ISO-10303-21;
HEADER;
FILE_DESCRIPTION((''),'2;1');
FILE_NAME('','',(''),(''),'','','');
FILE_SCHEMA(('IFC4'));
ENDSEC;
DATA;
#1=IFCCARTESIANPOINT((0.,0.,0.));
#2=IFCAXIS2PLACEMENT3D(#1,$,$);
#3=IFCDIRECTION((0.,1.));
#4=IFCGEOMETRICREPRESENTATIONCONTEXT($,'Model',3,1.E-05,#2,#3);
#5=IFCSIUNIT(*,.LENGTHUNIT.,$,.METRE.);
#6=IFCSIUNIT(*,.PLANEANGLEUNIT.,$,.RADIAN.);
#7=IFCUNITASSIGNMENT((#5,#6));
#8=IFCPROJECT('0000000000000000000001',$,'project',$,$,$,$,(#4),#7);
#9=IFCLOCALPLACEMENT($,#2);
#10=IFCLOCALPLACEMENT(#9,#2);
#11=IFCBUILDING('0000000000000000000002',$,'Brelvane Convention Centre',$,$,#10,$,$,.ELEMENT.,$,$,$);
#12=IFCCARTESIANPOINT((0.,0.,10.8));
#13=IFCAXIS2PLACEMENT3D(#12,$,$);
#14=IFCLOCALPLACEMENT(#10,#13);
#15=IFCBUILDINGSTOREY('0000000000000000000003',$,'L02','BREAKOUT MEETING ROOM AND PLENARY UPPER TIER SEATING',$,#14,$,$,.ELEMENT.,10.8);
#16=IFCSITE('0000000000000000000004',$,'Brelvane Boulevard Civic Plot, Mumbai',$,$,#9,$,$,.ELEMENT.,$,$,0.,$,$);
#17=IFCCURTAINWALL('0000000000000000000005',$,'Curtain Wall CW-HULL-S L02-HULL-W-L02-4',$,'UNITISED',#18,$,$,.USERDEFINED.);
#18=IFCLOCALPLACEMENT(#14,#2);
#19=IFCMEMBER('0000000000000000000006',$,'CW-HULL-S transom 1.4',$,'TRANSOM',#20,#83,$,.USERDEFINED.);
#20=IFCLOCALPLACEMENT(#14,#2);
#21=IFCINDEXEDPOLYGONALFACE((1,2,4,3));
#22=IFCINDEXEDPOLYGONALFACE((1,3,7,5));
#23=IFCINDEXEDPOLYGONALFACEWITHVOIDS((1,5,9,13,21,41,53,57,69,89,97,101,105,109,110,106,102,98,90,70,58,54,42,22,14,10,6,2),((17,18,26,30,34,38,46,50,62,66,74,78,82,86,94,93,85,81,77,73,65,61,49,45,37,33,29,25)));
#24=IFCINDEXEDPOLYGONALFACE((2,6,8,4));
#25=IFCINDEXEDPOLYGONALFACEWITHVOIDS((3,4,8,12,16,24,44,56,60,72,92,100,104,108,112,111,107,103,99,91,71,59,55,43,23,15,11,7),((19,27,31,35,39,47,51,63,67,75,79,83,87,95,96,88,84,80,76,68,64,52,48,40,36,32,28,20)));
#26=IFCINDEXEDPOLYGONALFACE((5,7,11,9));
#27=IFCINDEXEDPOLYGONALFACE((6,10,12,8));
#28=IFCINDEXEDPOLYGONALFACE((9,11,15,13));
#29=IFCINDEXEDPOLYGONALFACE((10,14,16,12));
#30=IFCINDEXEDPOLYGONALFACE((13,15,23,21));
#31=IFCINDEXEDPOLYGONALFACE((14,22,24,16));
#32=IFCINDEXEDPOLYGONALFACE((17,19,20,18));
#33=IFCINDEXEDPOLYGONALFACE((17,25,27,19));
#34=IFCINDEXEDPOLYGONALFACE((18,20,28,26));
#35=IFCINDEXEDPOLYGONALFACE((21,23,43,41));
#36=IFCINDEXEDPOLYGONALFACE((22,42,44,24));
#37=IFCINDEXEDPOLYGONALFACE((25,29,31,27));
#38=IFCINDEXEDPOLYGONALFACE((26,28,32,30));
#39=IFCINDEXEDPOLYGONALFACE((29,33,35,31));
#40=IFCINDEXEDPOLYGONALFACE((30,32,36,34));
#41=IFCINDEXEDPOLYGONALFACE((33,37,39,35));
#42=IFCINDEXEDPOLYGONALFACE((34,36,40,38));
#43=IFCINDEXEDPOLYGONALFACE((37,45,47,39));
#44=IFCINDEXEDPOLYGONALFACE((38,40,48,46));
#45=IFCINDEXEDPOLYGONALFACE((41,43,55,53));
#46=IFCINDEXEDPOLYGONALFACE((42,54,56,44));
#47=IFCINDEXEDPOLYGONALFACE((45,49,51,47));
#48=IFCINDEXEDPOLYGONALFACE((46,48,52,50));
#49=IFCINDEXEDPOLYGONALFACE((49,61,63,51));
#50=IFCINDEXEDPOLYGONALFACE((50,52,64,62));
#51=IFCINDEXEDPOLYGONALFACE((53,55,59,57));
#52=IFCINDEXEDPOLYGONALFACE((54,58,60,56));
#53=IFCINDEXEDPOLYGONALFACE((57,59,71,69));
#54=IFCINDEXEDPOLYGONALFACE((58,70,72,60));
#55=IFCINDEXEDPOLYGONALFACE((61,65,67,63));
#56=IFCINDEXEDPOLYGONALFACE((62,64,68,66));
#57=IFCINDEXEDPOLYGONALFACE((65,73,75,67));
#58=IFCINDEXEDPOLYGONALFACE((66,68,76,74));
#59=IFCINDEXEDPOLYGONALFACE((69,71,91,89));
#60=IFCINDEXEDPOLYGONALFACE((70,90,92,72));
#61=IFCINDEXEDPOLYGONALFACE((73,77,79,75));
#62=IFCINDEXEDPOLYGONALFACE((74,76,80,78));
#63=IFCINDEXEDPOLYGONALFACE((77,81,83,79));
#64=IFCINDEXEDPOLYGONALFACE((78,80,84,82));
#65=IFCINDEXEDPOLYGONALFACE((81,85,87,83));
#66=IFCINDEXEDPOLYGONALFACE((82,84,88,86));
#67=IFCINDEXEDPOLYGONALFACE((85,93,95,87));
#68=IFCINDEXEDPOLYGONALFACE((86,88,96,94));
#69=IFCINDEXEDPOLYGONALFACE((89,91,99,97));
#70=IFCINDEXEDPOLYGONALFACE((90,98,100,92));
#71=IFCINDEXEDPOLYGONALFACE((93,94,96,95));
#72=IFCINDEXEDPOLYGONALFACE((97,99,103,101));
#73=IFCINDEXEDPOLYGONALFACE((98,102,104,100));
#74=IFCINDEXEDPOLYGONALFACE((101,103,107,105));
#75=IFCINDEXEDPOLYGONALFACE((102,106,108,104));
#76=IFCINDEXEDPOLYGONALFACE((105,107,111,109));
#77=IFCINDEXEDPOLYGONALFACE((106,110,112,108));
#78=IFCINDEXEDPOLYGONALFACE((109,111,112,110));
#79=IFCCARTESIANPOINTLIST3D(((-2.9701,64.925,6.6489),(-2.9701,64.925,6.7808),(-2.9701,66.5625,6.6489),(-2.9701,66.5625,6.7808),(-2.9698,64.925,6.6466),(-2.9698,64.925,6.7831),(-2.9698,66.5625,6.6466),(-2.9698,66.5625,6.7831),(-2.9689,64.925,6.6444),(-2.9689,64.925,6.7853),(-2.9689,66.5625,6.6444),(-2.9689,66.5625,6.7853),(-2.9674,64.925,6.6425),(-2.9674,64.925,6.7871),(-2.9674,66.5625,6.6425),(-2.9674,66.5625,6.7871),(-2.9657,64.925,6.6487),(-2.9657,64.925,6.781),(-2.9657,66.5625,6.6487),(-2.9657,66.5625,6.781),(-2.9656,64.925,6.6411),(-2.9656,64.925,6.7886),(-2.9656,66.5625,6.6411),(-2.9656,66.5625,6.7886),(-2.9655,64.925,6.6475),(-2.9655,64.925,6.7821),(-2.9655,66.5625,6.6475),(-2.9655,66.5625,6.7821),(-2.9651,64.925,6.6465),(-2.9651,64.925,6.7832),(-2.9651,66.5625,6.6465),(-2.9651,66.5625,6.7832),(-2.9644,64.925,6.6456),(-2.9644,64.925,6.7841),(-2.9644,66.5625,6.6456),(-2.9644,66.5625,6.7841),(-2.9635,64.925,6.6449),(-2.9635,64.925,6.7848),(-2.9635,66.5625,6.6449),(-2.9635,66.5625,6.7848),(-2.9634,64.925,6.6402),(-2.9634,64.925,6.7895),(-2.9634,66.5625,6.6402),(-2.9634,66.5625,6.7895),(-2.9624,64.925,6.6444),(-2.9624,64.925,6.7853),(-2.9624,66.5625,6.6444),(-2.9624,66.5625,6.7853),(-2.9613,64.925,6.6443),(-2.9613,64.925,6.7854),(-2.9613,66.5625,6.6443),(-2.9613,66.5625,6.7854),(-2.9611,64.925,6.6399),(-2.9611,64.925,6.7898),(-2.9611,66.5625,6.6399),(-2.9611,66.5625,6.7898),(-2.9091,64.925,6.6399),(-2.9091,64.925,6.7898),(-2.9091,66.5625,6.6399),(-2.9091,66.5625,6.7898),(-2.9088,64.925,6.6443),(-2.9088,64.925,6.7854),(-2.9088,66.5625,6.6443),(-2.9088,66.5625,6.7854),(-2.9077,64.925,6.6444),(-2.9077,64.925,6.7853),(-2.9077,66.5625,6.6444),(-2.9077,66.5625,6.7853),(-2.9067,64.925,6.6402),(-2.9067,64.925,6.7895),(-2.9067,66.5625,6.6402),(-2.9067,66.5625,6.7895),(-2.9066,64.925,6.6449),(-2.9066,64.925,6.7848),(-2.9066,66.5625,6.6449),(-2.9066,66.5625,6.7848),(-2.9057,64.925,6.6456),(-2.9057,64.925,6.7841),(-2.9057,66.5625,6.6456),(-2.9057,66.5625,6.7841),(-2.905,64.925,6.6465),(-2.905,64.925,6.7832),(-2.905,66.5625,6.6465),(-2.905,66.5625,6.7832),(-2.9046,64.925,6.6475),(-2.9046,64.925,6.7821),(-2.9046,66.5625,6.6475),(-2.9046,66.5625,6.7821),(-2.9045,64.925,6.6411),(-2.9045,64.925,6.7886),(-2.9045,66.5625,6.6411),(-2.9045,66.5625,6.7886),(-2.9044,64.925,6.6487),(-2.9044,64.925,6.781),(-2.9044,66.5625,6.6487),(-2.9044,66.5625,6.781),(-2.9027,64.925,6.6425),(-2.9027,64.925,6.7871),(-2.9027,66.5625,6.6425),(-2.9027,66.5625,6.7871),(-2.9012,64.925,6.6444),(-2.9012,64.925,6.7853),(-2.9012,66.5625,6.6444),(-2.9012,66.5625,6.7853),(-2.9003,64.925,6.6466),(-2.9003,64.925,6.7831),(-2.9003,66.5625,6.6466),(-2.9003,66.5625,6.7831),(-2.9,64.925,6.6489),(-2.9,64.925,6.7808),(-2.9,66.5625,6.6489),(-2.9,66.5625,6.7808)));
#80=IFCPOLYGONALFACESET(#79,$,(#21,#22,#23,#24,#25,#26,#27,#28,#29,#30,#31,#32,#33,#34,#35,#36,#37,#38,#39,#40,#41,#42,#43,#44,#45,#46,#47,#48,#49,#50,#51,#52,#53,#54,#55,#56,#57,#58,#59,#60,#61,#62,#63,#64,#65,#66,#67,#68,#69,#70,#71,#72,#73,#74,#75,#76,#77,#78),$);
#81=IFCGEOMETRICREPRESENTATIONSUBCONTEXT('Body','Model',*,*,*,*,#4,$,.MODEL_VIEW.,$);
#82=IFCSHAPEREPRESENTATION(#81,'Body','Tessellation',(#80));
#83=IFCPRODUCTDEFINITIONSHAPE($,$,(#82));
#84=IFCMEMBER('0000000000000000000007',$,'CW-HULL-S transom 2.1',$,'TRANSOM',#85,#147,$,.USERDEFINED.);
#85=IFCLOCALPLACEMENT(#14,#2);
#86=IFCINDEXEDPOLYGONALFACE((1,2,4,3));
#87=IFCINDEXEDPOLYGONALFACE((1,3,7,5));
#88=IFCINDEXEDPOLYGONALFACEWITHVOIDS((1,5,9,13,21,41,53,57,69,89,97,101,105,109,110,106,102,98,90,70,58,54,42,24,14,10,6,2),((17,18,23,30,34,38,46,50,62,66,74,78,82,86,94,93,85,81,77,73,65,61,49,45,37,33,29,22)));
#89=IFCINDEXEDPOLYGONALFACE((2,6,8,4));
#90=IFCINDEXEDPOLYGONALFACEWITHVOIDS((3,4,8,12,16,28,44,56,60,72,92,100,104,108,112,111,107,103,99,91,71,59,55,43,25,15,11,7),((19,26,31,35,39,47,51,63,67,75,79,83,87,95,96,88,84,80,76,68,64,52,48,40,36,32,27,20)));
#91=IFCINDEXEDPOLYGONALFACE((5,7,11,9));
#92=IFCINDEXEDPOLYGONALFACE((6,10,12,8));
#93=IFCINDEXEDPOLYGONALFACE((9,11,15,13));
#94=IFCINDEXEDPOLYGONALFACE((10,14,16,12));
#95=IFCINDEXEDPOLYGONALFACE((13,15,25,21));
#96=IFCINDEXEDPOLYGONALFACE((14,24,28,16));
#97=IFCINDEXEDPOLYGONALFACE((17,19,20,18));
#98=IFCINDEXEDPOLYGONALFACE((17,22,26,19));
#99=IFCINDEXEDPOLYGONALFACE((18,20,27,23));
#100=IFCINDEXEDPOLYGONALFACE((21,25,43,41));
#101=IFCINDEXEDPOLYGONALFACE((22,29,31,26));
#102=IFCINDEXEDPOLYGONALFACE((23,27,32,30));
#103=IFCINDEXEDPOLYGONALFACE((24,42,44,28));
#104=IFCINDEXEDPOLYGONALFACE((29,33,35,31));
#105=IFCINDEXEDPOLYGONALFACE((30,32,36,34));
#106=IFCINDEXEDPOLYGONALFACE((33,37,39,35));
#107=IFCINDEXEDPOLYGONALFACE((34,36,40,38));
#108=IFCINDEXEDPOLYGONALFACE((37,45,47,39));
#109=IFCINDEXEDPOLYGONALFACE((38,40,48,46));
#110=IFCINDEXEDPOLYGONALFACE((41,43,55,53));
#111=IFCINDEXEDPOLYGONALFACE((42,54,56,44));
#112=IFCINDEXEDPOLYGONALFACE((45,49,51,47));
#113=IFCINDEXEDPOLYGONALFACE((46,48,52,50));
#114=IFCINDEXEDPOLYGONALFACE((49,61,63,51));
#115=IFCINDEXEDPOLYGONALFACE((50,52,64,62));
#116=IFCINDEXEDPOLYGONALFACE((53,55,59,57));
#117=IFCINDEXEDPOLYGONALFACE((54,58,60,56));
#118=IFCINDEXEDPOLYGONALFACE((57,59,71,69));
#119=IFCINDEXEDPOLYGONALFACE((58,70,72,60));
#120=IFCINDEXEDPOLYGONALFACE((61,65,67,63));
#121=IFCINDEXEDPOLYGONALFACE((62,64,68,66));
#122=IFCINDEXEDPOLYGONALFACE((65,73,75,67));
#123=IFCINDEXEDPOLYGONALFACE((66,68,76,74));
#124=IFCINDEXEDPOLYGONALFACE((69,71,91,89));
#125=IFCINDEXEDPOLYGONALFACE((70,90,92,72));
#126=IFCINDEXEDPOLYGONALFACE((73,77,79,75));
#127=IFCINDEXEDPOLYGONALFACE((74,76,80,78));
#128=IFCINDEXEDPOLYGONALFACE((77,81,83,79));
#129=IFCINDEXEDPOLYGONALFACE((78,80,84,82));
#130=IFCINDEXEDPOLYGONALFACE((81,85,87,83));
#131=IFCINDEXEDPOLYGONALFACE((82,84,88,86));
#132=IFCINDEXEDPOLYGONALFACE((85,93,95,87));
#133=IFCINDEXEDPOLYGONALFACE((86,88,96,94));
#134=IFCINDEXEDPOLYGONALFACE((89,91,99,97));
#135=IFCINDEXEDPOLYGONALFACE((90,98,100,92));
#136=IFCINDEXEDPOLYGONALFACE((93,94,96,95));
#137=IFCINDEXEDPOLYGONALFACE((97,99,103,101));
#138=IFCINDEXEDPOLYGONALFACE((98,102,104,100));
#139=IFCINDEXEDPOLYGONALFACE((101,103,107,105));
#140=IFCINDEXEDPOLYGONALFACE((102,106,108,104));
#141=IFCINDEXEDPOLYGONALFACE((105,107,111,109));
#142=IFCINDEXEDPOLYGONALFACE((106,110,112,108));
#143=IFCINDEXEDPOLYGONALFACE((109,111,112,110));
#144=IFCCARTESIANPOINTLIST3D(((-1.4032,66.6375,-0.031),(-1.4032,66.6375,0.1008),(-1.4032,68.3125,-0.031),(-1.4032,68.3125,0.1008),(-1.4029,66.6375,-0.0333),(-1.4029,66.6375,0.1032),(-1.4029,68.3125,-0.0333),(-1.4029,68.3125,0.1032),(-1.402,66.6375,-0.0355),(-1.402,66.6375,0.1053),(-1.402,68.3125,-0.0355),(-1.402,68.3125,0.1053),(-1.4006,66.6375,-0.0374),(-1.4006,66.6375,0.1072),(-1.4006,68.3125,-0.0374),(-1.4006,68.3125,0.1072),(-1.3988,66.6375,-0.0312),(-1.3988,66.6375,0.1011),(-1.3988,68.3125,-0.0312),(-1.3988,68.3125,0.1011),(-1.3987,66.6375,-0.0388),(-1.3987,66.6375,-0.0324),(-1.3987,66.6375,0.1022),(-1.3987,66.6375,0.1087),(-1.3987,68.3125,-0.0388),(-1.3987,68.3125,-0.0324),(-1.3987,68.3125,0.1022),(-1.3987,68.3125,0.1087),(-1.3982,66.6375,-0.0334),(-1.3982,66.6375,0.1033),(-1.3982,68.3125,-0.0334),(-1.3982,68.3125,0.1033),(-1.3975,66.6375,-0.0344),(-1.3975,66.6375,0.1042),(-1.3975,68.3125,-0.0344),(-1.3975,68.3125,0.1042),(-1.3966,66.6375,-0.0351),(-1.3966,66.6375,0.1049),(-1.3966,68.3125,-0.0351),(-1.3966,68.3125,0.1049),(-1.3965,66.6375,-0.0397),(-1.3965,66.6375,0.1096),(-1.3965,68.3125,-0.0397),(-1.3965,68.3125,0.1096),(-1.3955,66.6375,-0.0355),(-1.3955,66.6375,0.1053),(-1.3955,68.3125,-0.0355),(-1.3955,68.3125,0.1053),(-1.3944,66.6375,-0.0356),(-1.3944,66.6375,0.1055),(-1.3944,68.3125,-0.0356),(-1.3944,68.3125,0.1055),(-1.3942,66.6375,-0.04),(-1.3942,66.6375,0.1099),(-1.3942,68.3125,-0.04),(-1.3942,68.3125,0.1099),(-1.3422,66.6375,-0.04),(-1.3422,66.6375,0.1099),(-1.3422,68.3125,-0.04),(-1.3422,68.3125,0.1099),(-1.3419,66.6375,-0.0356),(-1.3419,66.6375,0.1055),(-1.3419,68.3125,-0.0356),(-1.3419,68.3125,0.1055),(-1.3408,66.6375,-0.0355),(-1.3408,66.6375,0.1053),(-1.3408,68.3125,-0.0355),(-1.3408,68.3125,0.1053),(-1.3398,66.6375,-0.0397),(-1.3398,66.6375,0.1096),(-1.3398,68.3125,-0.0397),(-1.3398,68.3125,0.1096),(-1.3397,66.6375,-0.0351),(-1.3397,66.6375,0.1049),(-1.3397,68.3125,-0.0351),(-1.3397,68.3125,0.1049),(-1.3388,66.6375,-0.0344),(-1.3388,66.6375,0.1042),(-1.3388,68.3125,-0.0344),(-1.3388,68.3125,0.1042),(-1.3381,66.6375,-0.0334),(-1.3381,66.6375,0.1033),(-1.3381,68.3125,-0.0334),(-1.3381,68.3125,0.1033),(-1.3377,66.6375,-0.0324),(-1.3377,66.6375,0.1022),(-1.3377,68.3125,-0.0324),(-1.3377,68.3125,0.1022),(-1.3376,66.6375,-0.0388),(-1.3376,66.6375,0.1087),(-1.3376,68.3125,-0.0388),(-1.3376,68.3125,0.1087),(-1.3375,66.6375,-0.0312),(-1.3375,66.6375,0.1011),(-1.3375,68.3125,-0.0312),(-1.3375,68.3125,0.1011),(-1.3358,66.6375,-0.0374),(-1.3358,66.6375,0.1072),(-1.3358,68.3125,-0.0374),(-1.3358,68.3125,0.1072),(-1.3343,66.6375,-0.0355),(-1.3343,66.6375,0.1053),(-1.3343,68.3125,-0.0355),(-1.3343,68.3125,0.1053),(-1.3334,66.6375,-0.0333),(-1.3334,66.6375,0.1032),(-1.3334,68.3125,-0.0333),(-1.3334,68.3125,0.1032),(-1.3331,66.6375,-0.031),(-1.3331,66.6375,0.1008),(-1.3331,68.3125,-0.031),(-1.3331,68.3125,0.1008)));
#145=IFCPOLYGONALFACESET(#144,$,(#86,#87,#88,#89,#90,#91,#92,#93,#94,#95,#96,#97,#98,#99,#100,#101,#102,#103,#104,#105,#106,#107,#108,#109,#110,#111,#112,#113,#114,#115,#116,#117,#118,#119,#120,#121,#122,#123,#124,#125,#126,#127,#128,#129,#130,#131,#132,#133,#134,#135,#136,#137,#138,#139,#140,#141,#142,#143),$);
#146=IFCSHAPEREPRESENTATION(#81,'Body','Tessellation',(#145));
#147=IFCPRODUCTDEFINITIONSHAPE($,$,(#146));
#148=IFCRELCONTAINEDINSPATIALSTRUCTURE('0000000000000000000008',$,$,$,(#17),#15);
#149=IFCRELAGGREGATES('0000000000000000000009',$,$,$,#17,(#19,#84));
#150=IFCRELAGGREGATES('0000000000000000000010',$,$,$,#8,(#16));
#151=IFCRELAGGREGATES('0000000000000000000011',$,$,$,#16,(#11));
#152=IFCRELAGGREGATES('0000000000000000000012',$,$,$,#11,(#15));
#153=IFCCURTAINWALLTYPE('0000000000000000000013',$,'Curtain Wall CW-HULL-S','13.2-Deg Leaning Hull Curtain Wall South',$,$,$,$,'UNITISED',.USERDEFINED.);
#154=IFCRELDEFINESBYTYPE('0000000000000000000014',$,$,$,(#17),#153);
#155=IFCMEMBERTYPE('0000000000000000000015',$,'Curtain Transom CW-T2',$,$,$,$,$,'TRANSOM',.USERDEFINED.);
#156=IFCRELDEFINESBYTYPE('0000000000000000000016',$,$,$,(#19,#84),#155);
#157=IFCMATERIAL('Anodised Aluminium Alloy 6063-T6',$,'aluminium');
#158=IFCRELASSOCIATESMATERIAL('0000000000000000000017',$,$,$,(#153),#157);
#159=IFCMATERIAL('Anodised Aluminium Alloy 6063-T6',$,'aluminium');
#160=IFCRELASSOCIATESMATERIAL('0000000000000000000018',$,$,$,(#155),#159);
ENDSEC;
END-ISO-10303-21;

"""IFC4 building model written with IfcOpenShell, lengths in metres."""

from ifc_helpers import new_model, si_unit, direction, frame, origin, origin_2d, place, context, subcontext, project, spatial, hollow_rectangle, extrude, material, material_profile, profile_set, type_object, element, aggregate, save


model = new_model("IFC4")

# Units and contexts
model_context = context("Model", 3, precision=1e-05, world=origin(), true_north=direction((0.0, 1.0)))
body_context = subcontext(model_context, "Body", "Model", "MODEL_VIEW")
ifc_project = project(units=[si_unit("LENGTHUNIT", "METRE"), si_unit("PLANEANGLEUNIT", "RADIAN")], contexts=[model_context])

# Site, building, storey
site_placement = place(None, origin())
site = spatial("IfcSite", under=ifc_project, at=site_placement, Name="Brelvane Boulevard Civic Plot, Mumbai", CompositionType="ELEMENT", RefElevation=0.0)
building_placement = place(site_placement, origin())
building = spatial("IfcBuilding", under=site, at=building_placement, Name="Brelvane Convention Centre", CompositionType="ELEMENT")
storey_placement = place(building_placement, frame((0.0, 0.0, 10.8)))
storey = spatial("IfcBuildingStorey", under=building, at=storey_placement, Name="L02", Description="BREAKOUT MEETING ROOM AND PLENARY UPPER TIER SEATING", CompositionType="ELEMENT", Elevation=10.8)

# Shared definitions
ifc_material_1 = material(Name="Anodised Aluminium Alloy 6063-T6", Category="aluminium")
curtain_wall_type = type_object("IfcCurtainWallType", Name="Curtain Wall CW-HULL-S", Description="13.2-Deg Leaning Hull Curtain Wall South", ElementType="UNITISED", PredefinedType="USERDEFINED", material=ifc_material_1)

# Curtain wall
curtain_wall_1_placement = place(storey_placement, origin())
curtain_wall_1 = element("IfcCurtainWall", 1, at=curtain_wall_1_placement, inside=storey, type_object=curtain_wall_type, Name="Curtain Wall CW-HULL-S L02-HULL-W-L02-4", ObjectType="UNITISED", PredefinedType="USERDEFINED")

# Members
ifc_material_2 = material(Name="Anodised Aluminium Alloy 6063-T6", Category="aluminium")
ifc_material_profile_1 = material_profile(ifc_material_2, hollow_rectangle(XDim=0.0701, YDim=0.1499, WallThickness=0.0044, InnerFilletRadius=0.0044, OuterFilletRadius=0.009, at=origin_2d()), Name="ALU-T 150x70x4.5")
ifc_profile_set_1 = profile_set([ifc_material_profile_1], Name="Anodised Aluminium Alloy 6063-T6")
member_type_1 = type_object("IfcMemberType", Name="Curtain Transom CW-T2", ElementType="TRANSOM", PredefinedType="USERDEFINED", material=ifc_profile_set_1)
member_1_placement = place(storey_placement, frame((-2.9351, 64.925, 6.7148), z_axis=(0.0, 1.0, 0.0), x_axis=(-1.0, 0.0, 0.0)))
member_1 = element("IfcMember", 2, at=member_1_placement, type_object=member_type_1, Name="CW-HULL-S transom 1.4", ObjectType="TRANSOM", PredefinedType="USERDEFINED", context=body_context, shape_type="SweptSolid", body=[
    extrude(hollow_rectangle(XDim=0.0701, YDim=0.1499, WallThickness=0.0044, InnerFilletRadius=0.0044, OuterFilletRadius=0.009, at=origin_2d()), origin(), (0.0, 0.0, 1.0), 1.6375),
])
member_2_placement = place(storey_placement, frame((-1.3682, 66.6375, 0.0349), z_axis=(0.0, 1.0, 0.0), x_axis=(-1.0, 0.0, 0.0)))
member_2 = element("IfcMember", 3, at=member_2_placement, type_object=member_type_1, Name="CW-HULL-S transom 2.1", ObjectType="TRANSOM", PredefinedType="USERDEFINED", context=body_context, shape_type="SweptSolid", body=[
    extrude(hollow_rectangle(XDim=0.0701, YDim=0.1499, WallThickness=0.0044, InnerFilletRadius=0.0044, OuterFilletRadius=0.009, at=origin_2d()), origin(), (0.0, 0.0, 1.0), 1.675),
])

aggregate(curtain_wall_1, [member_1, member_2])

save(model, "model.ifc")
